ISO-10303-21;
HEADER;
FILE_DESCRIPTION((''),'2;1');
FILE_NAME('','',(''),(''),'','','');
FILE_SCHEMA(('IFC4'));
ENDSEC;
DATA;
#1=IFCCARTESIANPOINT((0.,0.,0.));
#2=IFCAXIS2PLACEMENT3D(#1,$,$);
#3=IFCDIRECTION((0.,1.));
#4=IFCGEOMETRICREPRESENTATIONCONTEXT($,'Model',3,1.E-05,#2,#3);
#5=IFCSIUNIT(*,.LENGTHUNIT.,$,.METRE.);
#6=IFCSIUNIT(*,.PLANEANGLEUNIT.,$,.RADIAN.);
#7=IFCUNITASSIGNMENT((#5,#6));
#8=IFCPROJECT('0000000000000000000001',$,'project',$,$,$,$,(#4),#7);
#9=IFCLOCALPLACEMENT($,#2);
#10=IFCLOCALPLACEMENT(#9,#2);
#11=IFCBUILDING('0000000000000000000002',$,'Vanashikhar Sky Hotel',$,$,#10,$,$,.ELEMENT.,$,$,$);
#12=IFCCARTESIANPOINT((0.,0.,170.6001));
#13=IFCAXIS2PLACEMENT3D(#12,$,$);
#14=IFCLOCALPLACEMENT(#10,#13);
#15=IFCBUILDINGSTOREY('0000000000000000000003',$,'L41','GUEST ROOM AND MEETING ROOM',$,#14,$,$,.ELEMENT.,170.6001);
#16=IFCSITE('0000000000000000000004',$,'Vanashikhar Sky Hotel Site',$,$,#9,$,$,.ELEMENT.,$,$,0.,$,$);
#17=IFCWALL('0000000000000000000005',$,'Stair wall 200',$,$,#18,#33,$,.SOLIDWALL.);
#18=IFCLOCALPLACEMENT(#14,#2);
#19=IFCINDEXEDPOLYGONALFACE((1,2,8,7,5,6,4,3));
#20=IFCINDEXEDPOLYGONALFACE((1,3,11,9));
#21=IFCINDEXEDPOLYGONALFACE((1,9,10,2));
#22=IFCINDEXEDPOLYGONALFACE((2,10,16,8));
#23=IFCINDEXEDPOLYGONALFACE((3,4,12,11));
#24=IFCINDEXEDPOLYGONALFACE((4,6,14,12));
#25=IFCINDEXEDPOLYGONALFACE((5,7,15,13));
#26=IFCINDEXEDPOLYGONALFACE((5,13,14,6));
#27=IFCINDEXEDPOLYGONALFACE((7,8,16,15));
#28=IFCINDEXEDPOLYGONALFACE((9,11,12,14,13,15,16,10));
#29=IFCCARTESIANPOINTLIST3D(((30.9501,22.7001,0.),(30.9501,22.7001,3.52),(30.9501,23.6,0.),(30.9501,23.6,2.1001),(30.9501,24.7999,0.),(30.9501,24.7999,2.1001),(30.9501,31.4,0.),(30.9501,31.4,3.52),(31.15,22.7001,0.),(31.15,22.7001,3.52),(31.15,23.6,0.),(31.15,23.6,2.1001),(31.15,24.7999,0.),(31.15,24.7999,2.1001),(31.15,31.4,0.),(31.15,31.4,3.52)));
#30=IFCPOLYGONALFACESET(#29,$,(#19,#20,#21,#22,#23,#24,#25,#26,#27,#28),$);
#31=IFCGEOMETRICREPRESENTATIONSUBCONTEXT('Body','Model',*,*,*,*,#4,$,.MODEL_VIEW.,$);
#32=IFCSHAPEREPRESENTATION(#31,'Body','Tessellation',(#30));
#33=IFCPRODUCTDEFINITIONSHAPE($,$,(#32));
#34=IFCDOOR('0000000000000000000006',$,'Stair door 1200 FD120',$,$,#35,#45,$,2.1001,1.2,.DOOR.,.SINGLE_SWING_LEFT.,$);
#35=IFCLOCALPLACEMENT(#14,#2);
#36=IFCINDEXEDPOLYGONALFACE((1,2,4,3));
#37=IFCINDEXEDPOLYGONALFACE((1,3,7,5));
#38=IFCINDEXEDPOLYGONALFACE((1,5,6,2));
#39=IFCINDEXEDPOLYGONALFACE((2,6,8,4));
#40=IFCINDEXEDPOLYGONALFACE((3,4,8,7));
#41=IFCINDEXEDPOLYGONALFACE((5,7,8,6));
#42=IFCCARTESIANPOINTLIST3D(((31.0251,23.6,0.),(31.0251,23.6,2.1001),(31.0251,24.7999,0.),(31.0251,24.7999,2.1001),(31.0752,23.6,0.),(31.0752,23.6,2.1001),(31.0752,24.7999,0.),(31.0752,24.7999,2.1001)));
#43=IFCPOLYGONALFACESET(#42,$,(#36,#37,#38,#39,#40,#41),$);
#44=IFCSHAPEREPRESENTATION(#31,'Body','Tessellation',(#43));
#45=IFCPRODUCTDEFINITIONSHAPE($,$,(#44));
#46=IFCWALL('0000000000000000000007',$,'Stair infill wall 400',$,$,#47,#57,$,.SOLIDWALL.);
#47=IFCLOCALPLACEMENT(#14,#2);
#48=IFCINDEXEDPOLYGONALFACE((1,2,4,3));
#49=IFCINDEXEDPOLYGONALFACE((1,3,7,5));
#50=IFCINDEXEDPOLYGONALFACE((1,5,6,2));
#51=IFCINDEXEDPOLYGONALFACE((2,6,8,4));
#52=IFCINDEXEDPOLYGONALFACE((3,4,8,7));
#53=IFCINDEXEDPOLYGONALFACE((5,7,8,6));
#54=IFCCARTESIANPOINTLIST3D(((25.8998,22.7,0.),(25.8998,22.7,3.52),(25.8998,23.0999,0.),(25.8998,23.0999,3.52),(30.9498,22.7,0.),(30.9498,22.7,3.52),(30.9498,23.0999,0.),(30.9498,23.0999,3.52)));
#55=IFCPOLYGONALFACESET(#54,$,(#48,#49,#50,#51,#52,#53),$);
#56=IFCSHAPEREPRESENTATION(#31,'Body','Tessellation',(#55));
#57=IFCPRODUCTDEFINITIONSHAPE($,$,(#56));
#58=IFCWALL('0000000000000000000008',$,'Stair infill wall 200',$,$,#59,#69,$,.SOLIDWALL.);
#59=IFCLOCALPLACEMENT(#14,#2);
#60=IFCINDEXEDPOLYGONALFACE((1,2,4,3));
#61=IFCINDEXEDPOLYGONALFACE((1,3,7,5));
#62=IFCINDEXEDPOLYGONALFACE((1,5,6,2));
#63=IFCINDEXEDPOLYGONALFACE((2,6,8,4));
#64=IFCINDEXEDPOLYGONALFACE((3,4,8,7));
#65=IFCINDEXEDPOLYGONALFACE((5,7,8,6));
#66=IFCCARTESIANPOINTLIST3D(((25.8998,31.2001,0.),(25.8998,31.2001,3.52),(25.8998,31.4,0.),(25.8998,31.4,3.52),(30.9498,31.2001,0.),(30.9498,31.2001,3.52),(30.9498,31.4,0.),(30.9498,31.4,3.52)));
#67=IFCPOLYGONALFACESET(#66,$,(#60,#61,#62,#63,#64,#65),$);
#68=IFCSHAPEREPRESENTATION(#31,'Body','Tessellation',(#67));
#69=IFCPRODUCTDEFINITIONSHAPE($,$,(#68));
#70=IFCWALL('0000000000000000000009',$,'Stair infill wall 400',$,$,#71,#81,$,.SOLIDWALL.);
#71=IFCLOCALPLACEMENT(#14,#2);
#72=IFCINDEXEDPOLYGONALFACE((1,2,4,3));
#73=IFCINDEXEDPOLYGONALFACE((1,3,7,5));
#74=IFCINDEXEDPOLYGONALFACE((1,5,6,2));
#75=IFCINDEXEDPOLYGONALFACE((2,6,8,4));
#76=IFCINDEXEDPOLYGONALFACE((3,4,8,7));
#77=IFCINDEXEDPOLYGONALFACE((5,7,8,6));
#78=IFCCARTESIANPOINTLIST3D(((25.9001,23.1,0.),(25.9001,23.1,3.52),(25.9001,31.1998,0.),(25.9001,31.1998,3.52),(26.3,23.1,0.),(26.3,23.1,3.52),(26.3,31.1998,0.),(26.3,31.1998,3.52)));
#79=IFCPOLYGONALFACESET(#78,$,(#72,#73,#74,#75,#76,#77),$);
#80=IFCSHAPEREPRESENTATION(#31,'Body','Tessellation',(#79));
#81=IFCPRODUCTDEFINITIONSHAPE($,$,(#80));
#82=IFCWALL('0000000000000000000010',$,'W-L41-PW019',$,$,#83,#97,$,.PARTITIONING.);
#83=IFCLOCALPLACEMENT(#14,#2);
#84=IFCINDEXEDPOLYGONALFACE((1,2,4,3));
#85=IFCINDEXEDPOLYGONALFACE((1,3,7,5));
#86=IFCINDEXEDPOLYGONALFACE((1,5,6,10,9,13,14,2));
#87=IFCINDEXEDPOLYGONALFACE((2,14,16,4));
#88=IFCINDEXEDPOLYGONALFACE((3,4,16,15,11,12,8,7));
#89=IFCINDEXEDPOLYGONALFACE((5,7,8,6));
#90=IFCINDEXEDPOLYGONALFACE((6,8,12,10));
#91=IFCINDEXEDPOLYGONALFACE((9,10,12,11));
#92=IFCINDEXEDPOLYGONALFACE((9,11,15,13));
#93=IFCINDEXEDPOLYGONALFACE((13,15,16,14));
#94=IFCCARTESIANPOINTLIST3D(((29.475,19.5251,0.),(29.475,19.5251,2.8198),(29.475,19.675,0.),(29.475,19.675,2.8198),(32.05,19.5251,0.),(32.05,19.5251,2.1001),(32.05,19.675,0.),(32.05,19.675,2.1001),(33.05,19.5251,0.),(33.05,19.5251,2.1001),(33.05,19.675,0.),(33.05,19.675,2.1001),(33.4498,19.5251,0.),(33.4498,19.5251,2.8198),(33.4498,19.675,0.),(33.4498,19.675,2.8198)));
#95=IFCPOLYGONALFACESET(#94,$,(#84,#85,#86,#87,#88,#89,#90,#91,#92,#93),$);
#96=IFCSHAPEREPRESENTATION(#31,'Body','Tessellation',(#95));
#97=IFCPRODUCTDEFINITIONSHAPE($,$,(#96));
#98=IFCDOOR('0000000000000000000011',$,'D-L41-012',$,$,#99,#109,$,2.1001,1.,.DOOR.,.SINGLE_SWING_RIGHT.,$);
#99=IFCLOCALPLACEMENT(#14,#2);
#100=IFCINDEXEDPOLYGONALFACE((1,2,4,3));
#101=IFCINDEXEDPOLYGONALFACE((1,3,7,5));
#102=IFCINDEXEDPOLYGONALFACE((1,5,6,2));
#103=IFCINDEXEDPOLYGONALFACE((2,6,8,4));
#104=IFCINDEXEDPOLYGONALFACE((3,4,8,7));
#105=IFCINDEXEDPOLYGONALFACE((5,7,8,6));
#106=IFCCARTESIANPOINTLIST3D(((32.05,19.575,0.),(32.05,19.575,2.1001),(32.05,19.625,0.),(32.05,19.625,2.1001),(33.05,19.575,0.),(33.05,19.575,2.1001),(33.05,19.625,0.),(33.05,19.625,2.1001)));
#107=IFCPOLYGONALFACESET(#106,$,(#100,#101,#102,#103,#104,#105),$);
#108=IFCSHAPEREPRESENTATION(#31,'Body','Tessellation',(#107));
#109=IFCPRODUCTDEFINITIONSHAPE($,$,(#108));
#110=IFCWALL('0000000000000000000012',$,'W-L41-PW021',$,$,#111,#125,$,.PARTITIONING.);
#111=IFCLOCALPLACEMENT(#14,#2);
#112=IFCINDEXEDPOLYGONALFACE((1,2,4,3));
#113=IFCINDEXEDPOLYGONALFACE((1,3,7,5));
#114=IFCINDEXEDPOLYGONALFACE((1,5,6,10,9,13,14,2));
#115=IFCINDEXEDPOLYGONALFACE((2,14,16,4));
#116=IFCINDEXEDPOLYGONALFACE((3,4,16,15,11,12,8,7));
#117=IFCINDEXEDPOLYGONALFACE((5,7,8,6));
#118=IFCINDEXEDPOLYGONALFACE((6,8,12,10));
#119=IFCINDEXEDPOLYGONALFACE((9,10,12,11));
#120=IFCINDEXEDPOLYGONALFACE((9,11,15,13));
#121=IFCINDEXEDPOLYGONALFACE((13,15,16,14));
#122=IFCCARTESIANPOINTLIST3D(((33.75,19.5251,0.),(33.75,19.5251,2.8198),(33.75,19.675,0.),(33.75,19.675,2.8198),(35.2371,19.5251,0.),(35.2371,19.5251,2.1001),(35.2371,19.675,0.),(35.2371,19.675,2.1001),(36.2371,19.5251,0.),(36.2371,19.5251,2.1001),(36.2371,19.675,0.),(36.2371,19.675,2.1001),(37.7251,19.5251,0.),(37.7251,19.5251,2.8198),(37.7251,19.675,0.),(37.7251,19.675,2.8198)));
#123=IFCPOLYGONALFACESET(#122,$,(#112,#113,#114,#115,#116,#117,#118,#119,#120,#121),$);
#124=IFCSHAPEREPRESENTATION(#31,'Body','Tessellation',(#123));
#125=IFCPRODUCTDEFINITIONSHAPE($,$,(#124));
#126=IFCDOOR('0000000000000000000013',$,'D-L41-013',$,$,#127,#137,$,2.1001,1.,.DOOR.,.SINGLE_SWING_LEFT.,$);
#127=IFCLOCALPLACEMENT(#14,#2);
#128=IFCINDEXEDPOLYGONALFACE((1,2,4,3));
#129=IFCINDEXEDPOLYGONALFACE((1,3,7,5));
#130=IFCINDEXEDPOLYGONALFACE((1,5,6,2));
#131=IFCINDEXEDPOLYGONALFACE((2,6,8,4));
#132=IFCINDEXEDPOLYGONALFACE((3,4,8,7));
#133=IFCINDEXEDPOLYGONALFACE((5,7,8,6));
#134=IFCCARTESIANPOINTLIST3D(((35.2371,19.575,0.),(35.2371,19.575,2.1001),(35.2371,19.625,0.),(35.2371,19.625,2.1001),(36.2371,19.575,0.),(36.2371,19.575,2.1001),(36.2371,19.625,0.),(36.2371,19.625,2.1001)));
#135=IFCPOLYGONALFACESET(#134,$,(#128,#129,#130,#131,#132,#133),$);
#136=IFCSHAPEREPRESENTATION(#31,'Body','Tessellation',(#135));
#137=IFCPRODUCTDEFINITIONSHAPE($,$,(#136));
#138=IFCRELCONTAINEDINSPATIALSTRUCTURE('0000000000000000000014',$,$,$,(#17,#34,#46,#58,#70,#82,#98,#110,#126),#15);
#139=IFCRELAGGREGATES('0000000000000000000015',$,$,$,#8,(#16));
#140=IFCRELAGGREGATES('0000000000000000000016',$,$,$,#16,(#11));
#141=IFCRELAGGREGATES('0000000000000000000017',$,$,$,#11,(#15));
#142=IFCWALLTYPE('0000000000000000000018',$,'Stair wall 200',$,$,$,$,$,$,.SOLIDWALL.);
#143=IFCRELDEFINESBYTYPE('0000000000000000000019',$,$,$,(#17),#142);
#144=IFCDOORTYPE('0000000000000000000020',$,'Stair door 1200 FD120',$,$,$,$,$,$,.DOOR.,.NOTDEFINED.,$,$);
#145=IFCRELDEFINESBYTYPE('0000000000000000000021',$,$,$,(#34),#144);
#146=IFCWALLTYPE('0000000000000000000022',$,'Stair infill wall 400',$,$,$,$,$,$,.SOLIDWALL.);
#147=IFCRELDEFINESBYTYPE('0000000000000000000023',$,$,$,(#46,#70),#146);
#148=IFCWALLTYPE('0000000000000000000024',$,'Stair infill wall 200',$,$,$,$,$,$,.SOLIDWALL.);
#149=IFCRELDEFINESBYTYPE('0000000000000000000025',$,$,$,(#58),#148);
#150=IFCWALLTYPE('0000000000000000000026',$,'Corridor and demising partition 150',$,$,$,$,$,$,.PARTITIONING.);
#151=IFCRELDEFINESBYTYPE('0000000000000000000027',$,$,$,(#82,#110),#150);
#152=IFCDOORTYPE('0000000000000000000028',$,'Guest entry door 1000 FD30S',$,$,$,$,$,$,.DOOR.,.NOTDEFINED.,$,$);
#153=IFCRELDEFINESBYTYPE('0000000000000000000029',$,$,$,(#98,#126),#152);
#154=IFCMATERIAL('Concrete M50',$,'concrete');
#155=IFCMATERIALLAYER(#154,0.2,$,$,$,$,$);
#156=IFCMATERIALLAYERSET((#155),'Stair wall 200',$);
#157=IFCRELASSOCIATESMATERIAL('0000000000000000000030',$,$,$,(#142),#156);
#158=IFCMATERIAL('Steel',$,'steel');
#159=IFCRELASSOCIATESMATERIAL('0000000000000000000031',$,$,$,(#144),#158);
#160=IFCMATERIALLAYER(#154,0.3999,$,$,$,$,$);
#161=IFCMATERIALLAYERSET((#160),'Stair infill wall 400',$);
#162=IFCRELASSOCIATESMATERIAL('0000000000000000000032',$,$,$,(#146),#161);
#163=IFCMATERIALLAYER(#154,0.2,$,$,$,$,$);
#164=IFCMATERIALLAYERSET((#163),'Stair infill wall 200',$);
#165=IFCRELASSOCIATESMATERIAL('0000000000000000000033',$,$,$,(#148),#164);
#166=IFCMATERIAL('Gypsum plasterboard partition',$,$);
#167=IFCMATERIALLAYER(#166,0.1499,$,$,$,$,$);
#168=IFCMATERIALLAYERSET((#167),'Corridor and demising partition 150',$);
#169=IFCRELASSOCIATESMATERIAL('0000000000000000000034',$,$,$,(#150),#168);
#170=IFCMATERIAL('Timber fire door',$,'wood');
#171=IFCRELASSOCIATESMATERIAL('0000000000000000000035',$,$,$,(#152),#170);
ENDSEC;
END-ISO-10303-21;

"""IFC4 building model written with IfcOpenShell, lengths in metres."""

from ifc_helpers import new_model, si_unit, direction, frame, frame_2d, origin, place, context, subcontext, project, spatial, rectangle, extrude, source, transform, mapped, material, layer, layer_set, type_object, element, fill, save


model = new_model("IFC4")

# Units and contexts
model_context = context("Model", 3, precision=1e-05, world=origin(), true_north=direction((0.0, 1.0)))
body_context = subcontext(model_context, "Body", "Model", "MODEL_VIEW")
ifc_project = project(units=[si_unit("LENGTHUNIT", "METRE"), si_unit("PLANEANGLEUNIT", "RADIAN")], contexts=[model_context])

# Site, building, storey
site_placement = place(None, origin())
site = spatial("IfcSite", under=ifc_project, at=site_placement, Name="Vanashikhar Sky Hotel Site", CompositionType="ELEMENT", RefElevation=0.0)
building_placement = place(site_placement, origin())
building = spatial("IfcBuilding", under=site, at=building_placement, Name="Vanashikhar Sky Hotel", CompositionType="ELEMENT")
storey_placement = place(building_placement, frame((0.0, 0.0, 170.6001)))
storey = spatial("IfcBuildingStorey", under=building, at=storey_placement, Name="L41", Description="GUEST ROOM AND MEETING ROOM", CompositionType="ELEMENT", Elevation=170.6001)

# Shared definitions
ifc_material_1 = material(Name="Steel", Category="steel")

# Wall, opening, door
ifc_material_2 = material(Name="Concrete M50", Category="concrete")
ifc_layer_1 = layer(ifc_material_2, 0.2)
ifc_layer_set_1 = layer_set([ifc_layer_1], Name="Stair wall 200")
wall_type_1 = type_object("IfcWallType", Name="Stair wall 200", PredefinedType="SOLIDWALL", material=ifc_layer_set_1)
shared_shape_1 = source(origin(), body_context, "Body", "SweptSolid", [
    extrude(rectangle(XDim=8.7, YDim=0.2, at=frame_2d((4.3501, 0.0))), origin(), (0.0, 0.0, 1.0), 3.52),
])
wall_1_placement = place(storey_placement, frame((31.05, 22.7, 0.0), z_axis=(0.0, 0.0, 1.0), x_axis=(0.0, 1.0, 0.0)))
wall_1 = element("IfcWall", 1, at=wall_1_placement, inside=storey, type_object=wall_type_1, Name="Stair wall 200", PredefinedType="SOLIDWALL", context=body_context, shape_type="MappedRepresentation", body=[
    mapped(shared_shape_1, transform((0.0, 0.0, 0.0), scale=1.0)),
])
shared_shape_2 = source(origin(), body_context, "Body", "SweptSolid", [
    extrude(rectangle(XDim=1.2, YDim=2.1001, at=frame_2d((0.6001, 1.05))), frame((0.0, 0.1099, 0.0), z_axis=(0.0, -1.0, 0.0), x_axis=(1.0, 0.0, 0.0)), (0.0, 0.0, 1.0), 0.22),
])
opening_1_placement = place(wall_1_placement, frame((0.8999, 0.0, 0.0)))
opening_1 = element("IfcOpeningElement", 2, at=opening_1_placement, cuts=wall_1, PredefinedType="OPENING", context=body_context, shape_type="MappedRepresentation", body=[
    mapped(shared_shape_2, transform((0.0, 0.0, 0.0), scale=1.0)),
])
door_type_1 = type_object("IfcDoorType", Name="Stair door 1200 FD120", OperationType="NOTDEFINED", PredefinedType="DOOR", material=ifc_material_1)
shared_shape_3 = source(origin(), body_context, "Body", "SweptSolid", [
    extrude(rectangle(XDim=1.2, YDim=2.1001, at=frame_2d((0.6001, 1.05))), frame((0.0, 0.0249, 0.0), z_axis=(0.0, -1.0, 0.0), x_axis=(1.0, 0.0, 0.0)), (0.0, 0.0, 1.0), 0.05),
])
door_1_placement = place(opening_1_placement, origin())
door_1 = element("IfcDoor", 3, at=door_1_placement, inside=storey, type_object=door_type_1, Name="Stair door 1200 FD120", OperationType="SINGLE_SWING_LEFT", OverallHeight=2.1001, OverallWidth=1.2, PredefinedType="DOOR", context=body_context, shape_type="MappedRepresentation", body=[
    mapped(shared_shape_3, transform((0.0, 0.0, 0.0), scale=1.0)),
])
fill(opening_1, door_1)

# Walls
ifc_layer_2 = layer(ifc_material_2, 0.3999)
ifc_layer_set_2 = layer_set([ifc_layer_2], Name="Stair infill wall 400")
wall_type_2 = type_object("IfcWallType", Name="Stair infill wall 400", PredefinedType="SOLIDWALL", material=ifc_layer_set_2)
shared_shape_4 = source(origin(), body_context, "Body", "SweptSolid", [
    extrude(rectangle(XDim=5.05, YDim=0.3999, at=frame_2d((2.5249, 0.0))), origin(), (0.0, 0.0, 1.0), 3.52),
])
wall_2_placement = place(storey_placement, frame((25.8999, 22.8999, 0.0), z_axis=(0.0, 0.0, 1.0), x_axis=(1.0, 0.0, 0.0)))
element("IfcWall", 4, at=wall_2_placement, inside=storey, type_object=wall_type_2, Name="Stair infill wall 400", PredefinedType="SOLIDWALL", context=body_context, shape_type="MappedRepresentation", body=[
    mapped(shared_shape_4, transform((0.0, 0.0, 0.0), scale=1.0)),
])
ifc_layer_3 = layer(ifc_material_2, 0.2)
ifc_layer_set_3 = layer_set([ifc_layer_3], Name="Stair infill wall 200")
wall_type_3 = type_object("IfcWallType", Name="Stair infill wall 200", PredefinedType="SOLIDWALL", material=ifc_layer_set_3)
shared_shape_5 = source(origin(), body_context, "Body", "SweptSolid", [
    extrude(rectangle(XDim=5.05, YDim=0.2, at=frame_2d((2.5249, 0.0))), origin(), (0.0, 0.0, 1.0), 3.52),
])
wall_3_placement = place(storey_placement, frame((25.8999, 31.3, 0.0), z_axis=(0.0, 0.0, 1.0), x_axis=(1.0, 0.0, 0.0)))
element("IfcWall", 5, at=wall_3_placement, inside=storey, type_object=wall_type_3, Name="Stair infill wall 200", PredefinedType="SOLIDWALL", context=body_context, shape_type="MappedRepresentation", body=[
    mapped(shared_shape_5, transform((0.0, 0.0, 0.0), scale=1.0)),
])
shared_shape_6 = source(origin(), body_context, "Body", "SweptSolid", [
    extrude(rectangle(XDim=8.0999, YDim=0.3999, at=frame_2d((4.0498, 0.0))), origin(), (0.0, 0.0, 1.0), 3.52),
])
wall_4_placement = place(storey_placement, frame((26.1001, 23.1001, 0.0), z_axis=(0.0, 0.0, 1.0), x_axis=(0.0, 1.0, 0.0)))
element("IfcWall", 6, at=wall_4_placement, inside=storey, type_object=wall_type_2, Name="Stair infill wall 400", PredefinedType="SOLIDWALL", context=body_context, shape_type="MappedRepresentation", body=[
    mapped(shared_shape_6, transform((0.0, 0.0, 0.0), scale=1.0)),
])

# Walls, openings, doors
ifc_material_3 = material(Name="Gypsum plasterboard partition")
ifc_layer_4 = layer(ifc_material_3, 0.1499)
ifc_layer_set_4 = layer_set([ifc_layer_4], Name="Corridor and demising partition 150")
wall_type_4 = type_object("IfcWallType", Name="Corridor and demising partition 150", PredefinedType="PARTITIONING", material=ifc_layer_set_4)
shared_shape_7 = source(origin(), body_context, "Body", "SweptSolid", [
    extrude(rectangle(XDim=3.9749, YDim=0.1499, at=frame_2d((1.9873, 0.0))), origin(), (0.0, 0.0, 1.0), 2.8198),
])
wall_5_placement = place(storey_placement, frame((29.4751, 19.6001, 0.0), z_axis=(0.0, 0.0, 1.0), x_axis=(1.0, 0.0, 0.0)))
wall_5 = element("IfcWall", 7, at=wall_5_placement, inside=storey, type_object=wall_type_4, Name="W-L41-PW019", PredefinedType="PARTITIONING", context=body_context, shape_type="MappedRepresentation", body=[
    mapped(shared_shape_7, transform((0.0, 0.0, 0.0), scale=1.0)),
])
shared_shape_8 = source(origin(), body_context, "Body", "SweptSolid", [
    extrude(rectangle(XDim=1.0, YDim=2.1001, at=frame_2d((0.5, 1.05))), frame((0.0, 0.085, 0.0), z_axis=(0.0, -1.0, 0.0), x_axis=(1.0, 0.0, 0.0)), (0.0, 0.0, 1.0), 0.1699),
])
opening_2_placement = place(wall_5_placement, frame((2.575, 0.0, 0.0)))
opening_2 = element("IfcOpeningElement", 8, at=opening_2_placement, cuts=wall_5, PredefinedType="OPENING", context=body_context, shape_type="MappedRepresentation", body=[
    mapped(shared_shape_8, transform((0.0, 0.0, 0.0), scale=1.0)),
])
ifc_material_4 = material(Name="Timber fire door", Category="wood")
door_type_2 = type_object("IfcDoorType", Name="Guest entry door 1000 FD30S", OperationType="NOTDEFINED", PredefinedType="DOOR", material=ifc_material_4)
shared_shape_9 = source(origin(), body_context, "Body", "SweptSolid", [
    extrude(rectangle(XDim=1.0, YDim=2.1001, at=frame_2d((0.5, 1.05))), frame((0.0, 0.0249, 0.0), z_axis=(0.0, -1.0, 0.0), x_axis=(1.0, 0.0, 0.0)), (0.0, 0.0, 1.0), 0.05),
])
door_2_placement = place(opening_2_placement, origin())
door_2 = element("IfcDoor", 9, at=door_2_placement, inside=storey, type_object=door_type_2, Name="D-L41-012", OperationType="SINGLE_SWING_RIGHT", OverallHeight=2.1001, OverallWidth=1.0, PredefinedType="DOOR", context=body_context, shape_type="MappedRepresentation", body=[
    mapped(shared_shape_9, transform((0.0, 0.0, 0.0), scale=1.0)),
])
fill(opening_2, door_2)
shared_shape_10 = source(origin(), body_context, "Body", "SweptSolid", [
    extrude(rectangle(XDim=3.9751, YDim=0.1499, at=frame_2d((1.9875, 0.0))), origin(), (0.0, 0.0, 1.0), 2.8198),
])
wall_6_placement = place(storey_placement, frame((33.75, 19.6001, 0.0), z_axis=(0.0, 0.0, 1.0), x_axis=(1.0, 0.0, 0.0)))
wall_6 = element("IfcWall", 10, at=wall_6_placement, inside=storey, type_object=wall_type_4, Name="W-L41-PW021", PredefinedType="PARTITIONING", context=body_context, shape_type="MappedRepresentation", body=[
    mapped(shared_shape_10, transform((0.0, 0.0, 0.0), scale=1.0)),
])
opening_3_placement = place(wall_6_placement, frame((1.4871, 0.0, 0.0)))
opening_3 = element("IfcOpeningElement", 11, at=opening_3_placement, cuts=wall_6, PredefinedType="OPENING", context=body_context, shape_type="MappedRepresentation", body=[
    mapped(shared_shape_8, transform((0.0, 0.0, 0.0), scale=1.0)),
])
door_3_placement = place(opening_3_placement, origin())
door_3 = element("IfcDoor", 12, at=door_3_placement, inside=storey, type_object=door_type_2, Name="D-L41-013", OperationType="SINGLE_SWING_LEFT", OverallHeight=2.1001, OverallWidth=1.0, PredefinedType="DOOR", context=body_context, shape_type="MappedRepresentation", body=[
    mapped(shared_shape_9, transform((0.0, 0.0, 0.0), scale=1.0)),
])
fill(opening_3, door_3)

save(model, "model.ifc")
